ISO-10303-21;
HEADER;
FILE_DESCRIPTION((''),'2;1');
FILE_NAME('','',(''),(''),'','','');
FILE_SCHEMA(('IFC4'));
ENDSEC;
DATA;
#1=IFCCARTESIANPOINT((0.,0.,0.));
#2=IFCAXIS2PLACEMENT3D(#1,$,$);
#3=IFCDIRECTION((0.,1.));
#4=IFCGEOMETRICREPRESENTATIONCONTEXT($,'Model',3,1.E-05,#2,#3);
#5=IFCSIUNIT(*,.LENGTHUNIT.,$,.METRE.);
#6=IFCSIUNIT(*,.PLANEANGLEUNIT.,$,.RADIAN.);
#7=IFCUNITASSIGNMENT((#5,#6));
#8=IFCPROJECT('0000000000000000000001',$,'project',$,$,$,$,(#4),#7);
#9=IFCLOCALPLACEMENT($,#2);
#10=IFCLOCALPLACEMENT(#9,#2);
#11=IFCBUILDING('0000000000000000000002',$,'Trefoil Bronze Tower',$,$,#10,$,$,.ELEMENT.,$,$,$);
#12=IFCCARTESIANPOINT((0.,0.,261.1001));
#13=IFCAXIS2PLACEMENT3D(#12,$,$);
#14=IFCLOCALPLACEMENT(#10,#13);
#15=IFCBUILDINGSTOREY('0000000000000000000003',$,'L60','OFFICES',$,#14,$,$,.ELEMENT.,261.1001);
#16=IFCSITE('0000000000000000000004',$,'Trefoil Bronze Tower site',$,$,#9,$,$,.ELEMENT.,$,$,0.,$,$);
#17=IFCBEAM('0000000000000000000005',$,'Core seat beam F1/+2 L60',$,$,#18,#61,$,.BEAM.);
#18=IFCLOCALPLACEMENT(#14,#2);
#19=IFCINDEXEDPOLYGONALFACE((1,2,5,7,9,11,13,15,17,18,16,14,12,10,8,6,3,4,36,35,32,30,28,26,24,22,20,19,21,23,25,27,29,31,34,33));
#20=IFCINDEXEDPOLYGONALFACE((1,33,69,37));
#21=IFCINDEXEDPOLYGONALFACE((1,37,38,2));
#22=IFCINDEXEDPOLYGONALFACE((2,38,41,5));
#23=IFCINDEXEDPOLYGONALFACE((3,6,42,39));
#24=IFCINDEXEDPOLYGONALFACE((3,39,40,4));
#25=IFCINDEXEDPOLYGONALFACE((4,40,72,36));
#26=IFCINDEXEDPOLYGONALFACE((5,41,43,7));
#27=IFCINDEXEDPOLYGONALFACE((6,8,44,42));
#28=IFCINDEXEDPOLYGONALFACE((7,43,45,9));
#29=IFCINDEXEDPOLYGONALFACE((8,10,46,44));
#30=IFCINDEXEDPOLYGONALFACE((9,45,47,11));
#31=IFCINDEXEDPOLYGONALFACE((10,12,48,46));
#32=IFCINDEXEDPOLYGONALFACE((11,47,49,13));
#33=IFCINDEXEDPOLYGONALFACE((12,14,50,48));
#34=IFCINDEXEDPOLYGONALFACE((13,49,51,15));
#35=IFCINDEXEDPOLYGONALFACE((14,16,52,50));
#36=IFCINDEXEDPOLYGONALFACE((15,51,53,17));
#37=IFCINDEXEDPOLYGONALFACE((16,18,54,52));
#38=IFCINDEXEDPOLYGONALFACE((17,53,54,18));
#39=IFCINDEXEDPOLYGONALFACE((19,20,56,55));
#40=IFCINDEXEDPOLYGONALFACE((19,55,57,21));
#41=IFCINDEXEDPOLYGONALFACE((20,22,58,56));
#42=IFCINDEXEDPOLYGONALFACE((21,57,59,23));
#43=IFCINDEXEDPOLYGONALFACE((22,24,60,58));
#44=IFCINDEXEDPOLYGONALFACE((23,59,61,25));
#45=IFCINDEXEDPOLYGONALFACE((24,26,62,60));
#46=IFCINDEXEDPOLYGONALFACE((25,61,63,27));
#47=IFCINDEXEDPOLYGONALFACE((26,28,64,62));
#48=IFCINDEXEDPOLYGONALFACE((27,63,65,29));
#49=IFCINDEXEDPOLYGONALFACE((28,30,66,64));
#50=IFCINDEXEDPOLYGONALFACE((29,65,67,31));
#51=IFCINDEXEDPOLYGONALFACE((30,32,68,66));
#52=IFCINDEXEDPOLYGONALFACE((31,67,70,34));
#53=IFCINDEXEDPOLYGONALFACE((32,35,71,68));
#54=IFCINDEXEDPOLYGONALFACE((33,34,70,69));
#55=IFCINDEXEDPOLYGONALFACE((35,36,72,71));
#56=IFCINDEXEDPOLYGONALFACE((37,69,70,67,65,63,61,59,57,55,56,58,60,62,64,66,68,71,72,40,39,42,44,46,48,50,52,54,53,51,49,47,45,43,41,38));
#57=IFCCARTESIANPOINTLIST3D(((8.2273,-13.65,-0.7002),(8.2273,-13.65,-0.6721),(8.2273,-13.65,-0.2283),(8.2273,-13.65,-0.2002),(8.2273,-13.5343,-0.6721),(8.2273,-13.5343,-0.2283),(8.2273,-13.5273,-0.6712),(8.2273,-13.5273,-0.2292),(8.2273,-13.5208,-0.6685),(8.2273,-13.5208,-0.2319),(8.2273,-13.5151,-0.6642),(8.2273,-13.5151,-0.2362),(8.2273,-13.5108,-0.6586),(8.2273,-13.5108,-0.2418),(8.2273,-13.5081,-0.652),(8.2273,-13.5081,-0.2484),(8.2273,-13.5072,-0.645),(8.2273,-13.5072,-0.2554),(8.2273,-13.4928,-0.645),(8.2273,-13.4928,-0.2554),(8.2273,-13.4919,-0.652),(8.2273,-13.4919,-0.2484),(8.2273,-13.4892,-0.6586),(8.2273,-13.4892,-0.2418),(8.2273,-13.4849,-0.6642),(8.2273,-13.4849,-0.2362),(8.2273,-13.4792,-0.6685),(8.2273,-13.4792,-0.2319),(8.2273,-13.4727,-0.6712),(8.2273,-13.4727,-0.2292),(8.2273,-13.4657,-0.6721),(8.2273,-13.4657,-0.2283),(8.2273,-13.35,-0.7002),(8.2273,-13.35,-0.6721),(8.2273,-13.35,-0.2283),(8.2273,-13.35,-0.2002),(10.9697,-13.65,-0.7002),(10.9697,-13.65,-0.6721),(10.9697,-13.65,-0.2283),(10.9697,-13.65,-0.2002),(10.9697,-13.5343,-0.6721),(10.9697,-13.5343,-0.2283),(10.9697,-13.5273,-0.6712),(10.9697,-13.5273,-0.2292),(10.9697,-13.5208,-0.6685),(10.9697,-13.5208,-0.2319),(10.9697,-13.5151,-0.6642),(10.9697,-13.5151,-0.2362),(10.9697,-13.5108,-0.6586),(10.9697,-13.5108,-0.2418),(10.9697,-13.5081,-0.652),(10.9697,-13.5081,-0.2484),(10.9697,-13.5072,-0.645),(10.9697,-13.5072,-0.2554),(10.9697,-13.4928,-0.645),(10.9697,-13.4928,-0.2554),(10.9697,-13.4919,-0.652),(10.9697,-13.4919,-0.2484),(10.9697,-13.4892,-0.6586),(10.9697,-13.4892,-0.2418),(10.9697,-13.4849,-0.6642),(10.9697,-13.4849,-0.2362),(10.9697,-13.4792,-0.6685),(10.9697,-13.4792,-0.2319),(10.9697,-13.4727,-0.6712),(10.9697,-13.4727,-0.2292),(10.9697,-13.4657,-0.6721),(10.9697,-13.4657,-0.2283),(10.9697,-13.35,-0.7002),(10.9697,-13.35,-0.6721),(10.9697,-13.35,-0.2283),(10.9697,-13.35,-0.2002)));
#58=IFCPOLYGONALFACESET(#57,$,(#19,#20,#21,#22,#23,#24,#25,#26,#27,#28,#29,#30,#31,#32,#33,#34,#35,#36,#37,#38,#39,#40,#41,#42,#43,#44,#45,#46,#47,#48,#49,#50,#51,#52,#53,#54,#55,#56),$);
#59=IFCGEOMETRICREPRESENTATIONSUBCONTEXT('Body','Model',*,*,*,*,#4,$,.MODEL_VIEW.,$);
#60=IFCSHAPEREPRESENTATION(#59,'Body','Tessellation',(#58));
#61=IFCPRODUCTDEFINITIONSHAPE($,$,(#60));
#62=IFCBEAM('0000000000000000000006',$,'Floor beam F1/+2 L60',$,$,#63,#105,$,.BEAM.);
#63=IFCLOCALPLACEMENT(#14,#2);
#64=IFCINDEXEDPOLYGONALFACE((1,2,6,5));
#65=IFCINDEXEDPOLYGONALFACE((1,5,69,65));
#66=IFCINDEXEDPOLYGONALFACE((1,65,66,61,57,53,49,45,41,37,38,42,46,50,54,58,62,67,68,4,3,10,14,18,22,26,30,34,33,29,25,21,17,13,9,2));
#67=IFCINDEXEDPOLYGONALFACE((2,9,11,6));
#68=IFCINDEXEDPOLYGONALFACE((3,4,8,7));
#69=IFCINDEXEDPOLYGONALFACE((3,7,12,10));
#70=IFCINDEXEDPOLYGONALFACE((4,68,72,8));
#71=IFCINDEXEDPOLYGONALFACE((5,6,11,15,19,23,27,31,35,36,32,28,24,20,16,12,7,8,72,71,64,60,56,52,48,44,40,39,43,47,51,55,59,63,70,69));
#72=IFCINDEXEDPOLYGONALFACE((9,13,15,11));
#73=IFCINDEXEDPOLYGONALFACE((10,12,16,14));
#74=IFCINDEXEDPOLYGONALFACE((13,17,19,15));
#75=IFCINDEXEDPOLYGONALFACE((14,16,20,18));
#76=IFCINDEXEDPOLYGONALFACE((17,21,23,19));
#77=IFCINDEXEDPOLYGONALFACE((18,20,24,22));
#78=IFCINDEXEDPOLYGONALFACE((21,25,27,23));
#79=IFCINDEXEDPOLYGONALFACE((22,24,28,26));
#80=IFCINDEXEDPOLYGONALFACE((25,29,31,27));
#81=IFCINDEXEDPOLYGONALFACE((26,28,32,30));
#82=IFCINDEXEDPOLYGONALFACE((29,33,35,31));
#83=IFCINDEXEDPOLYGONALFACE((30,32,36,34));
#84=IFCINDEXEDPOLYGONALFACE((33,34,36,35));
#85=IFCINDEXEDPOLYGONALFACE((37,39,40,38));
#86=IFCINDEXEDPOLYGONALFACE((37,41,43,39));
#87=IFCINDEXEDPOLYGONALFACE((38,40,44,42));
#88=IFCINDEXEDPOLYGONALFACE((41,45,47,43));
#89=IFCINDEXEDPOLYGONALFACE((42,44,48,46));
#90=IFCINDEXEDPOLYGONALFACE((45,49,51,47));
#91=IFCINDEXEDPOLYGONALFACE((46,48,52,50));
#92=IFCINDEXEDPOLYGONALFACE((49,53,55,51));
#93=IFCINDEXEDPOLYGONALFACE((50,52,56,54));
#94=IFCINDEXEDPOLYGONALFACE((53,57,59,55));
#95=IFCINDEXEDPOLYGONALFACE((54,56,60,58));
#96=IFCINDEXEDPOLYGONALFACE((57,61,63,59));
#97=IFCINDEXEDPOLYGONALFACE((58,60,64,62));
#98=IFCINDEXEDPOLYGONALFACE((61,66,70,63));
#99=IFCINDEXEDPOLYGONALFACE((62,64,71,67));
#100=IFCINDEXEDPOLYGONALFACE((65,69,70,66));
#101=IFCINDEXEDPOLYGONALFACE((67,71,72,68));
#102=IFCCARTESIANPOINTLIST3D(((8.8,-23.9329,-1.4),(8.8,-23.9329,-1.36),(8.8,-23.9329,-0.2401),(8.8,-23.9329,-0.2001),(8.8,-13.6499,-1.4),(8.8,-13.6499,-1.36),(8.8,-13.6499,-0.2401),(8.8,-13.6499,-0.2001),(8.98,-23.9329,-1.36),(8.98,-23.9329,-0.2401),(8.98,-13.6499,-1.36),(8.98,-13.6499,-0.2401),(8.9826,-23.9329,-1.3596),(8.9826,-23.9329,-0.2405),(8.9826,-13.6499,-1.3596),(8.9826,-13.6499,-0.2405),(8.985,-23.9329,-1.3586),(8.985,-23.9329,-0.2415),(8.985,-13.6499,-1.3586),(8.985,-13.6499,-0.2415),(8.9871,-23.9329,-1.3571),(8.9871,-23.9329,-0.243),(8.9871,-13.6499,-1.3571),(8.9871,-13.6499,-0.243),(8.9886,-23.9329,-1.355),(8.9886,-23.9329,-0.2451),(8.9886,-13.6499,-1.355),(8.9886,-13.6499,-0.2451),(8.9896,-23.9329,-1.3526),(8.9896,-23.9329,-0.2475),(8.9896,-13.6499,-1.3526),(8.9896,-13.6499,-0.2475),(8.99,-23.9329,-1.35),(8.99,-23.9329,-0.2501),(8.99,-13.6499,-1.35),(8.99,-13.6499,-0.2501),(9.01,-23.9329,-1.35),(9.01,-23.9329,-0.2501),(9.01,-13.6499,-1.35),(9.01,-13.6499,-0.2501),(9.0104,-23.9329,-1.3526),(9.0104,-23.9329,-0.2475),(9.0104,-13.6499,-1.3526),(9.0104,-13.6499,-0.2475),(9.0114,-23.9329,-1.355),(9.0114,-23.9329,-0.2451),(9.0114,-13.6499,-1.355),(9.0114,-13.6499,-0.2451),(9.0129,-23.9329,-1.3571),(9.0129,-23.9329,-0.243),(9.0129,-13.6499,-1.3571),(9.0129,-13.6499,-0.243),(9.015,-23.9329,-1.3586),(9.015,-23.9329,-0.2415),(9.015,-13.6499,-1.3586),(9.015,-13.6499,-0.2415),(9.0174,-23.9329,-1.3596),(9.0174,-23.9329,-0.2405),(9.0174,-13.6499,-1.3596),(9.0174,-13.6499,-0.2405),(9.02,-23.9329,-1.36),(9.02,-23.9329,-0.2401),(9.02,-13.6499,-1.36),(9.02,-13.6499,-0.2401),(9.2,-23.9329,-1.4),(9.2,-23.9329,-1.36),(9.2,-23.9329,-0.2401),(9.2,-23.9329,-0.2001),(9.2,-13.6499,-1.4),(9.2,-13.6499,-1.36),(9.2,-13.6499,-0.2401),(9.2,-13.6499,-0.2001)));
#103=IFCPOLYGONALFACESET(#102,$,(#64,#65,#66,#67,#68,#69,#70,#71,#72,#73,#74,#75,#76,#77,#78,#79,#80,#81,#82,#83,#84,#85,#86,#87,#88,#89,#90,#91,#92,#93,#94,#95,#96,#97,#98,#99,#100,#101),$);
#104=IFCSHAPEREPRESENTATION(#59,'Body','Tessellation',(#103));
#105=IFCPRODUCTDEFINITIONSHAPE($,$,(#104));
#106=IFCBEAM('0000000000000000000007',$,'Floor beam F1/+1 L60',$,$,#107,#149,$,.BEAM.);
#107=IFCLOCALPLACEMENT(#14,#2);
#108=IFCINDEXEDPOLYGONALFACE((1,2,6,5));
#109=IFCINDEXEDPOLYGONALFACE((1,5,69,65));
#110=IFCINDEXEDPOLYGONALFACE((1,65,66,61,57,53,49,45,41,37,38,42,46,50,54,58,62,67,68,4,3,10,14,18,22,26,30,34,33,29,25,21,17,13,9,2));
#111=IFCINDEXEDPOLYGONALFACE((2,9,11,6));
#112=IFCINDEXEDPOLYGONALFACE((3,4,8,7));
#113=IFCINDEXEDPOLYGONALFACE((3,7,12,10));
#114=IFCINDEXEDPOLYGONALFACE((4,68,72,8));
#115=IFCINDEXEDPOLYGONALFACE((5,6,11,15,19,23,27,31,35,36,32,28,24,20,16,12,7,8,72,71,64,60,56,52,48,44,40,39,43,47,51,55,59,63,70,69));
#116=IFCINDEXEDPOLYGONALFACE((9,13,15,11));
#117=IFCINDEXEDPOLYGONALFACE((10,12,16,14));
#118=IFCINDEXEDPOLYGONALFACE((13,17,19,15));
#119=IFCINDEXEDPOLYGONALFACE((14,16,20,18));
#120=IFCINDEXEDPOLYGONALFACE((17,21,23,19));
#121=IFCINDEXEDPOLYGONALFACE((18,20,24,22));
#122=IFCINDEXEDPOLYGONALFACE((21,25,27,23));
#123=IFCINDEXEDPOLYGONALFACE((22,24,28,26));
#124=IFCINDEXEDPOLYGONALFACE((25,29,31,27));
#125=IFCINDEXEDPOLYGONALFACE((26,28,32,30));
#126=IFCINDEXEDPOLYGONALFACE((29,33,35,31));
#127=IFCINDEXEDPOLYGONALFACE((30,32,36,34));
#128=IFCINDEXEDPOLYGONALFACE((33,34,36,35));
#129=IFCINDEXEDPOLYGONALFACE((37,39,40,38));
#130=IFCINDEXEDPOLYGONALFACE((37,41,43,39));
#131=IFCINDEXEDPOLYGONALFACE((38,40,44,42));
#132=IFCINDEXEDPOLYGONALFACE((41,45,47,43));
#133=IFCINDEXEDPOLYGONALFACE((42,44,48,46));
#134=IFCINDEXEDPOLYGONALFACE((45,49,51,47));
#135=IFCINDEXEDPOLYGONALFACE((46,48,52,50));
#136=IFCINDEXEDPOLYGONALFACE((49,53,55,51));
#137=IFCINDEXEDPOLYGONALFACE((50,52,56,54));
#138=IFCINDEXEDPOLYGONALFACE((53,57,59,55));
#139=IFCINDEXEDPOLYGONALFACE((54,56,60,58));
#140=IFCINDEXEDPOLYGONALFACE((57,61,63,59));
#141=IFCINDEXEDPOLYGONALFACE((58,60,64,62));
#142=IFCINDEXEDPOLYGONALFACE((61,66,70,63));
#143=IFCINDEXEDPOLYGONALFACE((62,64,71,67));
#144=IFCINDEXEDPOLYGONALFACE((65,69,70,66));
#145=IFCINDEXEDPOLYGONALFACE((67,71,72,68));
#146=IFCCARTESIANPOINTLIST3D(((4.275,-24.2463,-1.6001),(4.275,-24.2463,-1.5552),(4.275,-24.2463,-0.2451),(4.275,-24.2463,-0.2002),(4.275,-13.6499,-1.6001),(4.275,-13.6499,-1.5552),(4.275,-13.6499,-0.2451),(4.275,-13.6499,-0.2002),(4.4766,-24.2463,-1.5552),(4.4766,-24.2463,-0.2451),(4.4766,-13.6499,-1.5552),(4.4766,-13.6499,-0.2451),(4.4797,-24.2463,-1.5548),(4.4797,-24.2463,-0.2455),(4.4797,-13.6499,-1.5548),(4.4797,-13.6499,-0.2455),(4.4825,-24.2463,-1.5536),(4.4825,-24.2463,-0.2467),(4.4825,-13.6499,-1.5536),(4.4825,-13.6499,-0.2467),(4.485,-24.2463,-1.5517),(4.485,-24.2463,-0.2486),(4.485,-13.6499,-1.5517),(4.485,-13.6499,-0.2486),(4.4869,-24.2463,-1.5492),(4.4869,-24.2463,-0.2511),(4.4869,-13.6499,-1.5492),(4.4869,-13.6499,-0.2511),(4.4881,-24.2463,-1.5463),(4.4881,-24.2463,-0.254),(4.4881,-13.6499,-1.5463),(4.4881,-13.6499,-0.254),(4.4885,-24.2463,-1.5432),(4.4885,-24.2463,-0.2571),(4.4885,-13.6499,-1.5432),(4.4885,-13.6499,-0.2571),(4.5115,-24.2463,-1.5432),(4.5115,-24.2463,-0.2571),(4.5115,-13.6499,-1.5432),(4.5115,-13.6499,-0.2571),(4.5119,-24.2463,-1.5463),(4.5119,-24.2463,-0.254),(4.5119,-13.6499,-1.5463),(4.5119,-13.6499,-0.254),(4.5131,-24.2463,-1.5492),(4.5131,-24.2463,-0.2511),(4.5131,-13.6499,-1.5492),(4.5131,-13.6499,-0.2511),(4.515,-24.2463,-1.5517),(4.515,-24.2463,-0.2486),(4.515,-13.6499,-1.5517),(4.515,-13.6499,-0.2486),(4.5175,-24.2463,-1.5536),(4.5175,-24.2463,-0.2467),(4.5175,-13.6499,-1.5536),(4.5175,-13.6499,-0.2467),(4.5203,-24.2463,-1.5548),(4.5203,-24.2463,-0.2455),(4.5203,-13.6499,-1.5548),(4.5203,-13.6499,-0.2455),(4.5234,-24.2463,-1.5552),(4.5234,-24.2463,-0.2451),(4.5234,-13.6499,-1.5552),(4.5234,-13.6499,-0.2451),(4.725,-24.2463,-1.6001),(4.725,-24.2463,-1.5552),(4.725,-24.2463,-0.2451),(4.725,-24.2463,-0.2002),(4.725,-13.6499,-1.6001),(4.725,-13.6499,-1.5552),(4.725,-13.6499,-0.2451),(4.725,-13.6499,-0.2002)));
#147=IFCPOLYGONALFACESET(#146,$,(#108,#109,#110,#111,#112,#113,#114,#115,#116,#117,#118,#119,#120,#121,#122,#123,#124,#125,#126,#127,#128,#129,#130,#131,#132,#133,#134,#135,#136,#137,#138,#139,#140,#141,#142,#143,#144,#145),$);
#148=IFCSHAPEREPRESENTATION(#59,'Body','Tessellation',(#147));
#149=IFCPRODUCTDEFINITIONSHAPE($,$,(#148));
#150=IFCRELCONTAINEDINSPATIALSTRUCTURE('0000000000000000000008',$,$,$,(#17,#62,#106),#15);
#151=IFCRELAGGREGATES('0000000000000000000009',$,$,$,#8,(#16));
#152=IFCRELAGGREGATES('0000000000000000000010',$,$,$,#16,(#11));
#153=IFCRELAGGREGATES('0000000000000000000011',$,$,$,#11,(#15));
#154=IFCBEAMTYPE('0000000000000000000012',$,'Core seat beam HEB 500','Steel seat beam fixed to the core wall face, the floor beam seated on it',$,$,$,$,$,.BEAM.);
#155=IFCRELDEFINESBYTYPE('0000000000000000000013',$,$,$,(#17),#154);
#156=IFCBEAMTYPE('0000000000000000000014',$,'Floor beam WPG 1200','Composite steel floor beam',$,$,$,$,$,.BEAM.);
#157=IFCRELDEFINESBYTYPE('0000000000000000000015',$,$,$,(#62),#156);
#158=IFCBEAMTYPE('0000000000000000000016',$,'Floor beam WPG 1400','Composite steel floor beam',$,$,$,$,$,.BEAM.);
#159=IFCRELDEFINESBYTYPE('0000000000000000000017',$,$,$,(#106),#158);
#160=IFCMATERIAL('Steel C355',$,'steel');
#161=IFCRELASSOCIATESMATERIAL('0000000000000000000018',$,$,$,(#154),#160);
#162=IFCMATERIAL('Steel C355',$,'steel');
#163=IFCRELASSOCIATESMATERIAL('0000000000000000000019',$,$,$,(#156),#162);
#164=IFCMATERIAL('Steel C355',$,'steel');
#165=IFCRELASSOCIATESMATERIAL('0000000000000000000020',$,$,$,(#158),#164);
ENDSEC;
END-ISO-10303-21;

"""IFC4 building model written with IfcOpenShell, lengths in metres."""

from ifc_helpers import new_model, si_unit, direction, frame, origin, origin_2d, place, context, subcontext, project, spatial, i_section, extrude, material, material_profile, profile_set, type_object, element, save


model = new_model("IFC4")

# Units and contexts
model_context = context("Model", 3, precision=1e-05, world=origin(), true_north=direction((0.0, 1.0)))
body_context = subcontext(model_context, "Body", "Model", "MODEL_VIEW")
ifc_project = project(units=[si_unit("LENGTHUNIT", "METRE"), si_unit("PLANEANGLEUNIT", "RADIAN")], contexts=[model_context])

# Site, building, storey
site_placement = place(None, origin())
site = spatial("IfcSite", under=ifc_project, at=site_placement, Name="Trefoil Bronze Tower site", CompositionType="ELEMENT", RefElevation=0.0)
building_placement = place(site_placement, origin())
building = spatial("IfcBuilding", under=site, at=building_placement, Name="Trefoil Bronze Tower", CompositionType="ELEMENT")
storey_placement = place(building_placement, frame((0.0, 0.0, 261.1001)))
storey = spatial("IfcBuildingStorey", under=building, at=storey_placement, Name="L60", Description="OFFICES", CompositionType="ELEMENT", Elevation=261.1001)

# Beams
ifc_material_1 = material(Name="Steel C355", Category="steel")
ifc_material_profile_1 = material_profile(ifc_material_1, i_section(OverallWidth=0.3, OverallDepth=0.5, WebThickness=0.0144, FlangeThickness=0.0281, FilletRadius=0.0271, at=origin_2d()), Name="HEB 500")
ifc_profile_set_1 = profile_set([ifc_material_profile_1], Name="Steel C355")
beam_type_1 = type_object("IfcBeamType", Name="Core seat beam HEB 500", Description="Steel seat beam fixed to the core wall face, the floor beam seated on it", PredefinedType="BEAM", material=ifc_profile_set_1)
for number, where, z_axis, x_axis, name in (
    (1, (8.2273, -13.5, -0.4502), (1.0, 0.0, 0.0), (0.0, 1.0, 0.0), "Core seat beam F1/+2 L60"),
):
    element("IfcBeam", number, at=place(storey_placement, frame(where, z_axis=z_axis, x_axis=x_axis)), inside=storey, type_object=beam_type_1, Name=name, PredefinedType="BEAM", context=body_context, shape_type="SweptSolid", body=[
        extrude(i_section(OverallWidth=0.3, OverallDepth=0.5, WebThickness=0.0144, FlangeThickness=0.0281, FilletRadius=0.0271, at=origin_2d()), origin(), (0.0, 0.0, 1.0), 2.7424),
    ])
ifc_material_2 = material(Name="Steel C355", Category="steel")
ifc_material_profile_2 = material_profile(ifc_material_2, i_section(OverallWidth=0.3999, OverallDepth=1.2, WebThickness=0.02, FlangeThickness=0.04, FilletRadius=0.01, at=origin_2d()), Name="WPG 1200")
ifc_profile_set_2 = profile_set([ifc_material_profile_2], Name="Steel C355")
beam_type_2 = type_object("IfcBeamType", Name="Floor beam WPG 1200", Description="Composite steel floor beam", PredefinedType="BEAM", material=ifc_profile_set_2)
beam_1_placement = place(storey_placement, frame((9.0, -23.9329, -0.8), z_axis=(0.0, 1.0, 0.0), x_axis=(-1.0, 0.0, 0.0)))
element("IfcBeam", 2, at=beam_1_placement, inside=storey, type_object=beam_type_2, Name="Floor beam F1/+2 L60", PredefinedType="BEAM", context=body_context, shape_type="SweptSolid", body=[
    extrude(i_section(OverallWidth=0.3999, OverallDepth=1.2, WebThickness=0.02, FlangeThickness=0.04, FilletRadius=0.01, at=origin_2d()), origin(), (0.0, 0.0, 1.0), 10.283),
])
ifc_material_3 = material(Name="Steel C355", Category="steel")
ifc_material_profile_3 = material_profile(ifc_material_3, i_section(OverallWidth=0.45, OverallDepth=1.3999, WebThickness=0.0229, FlangeThickness=0.0449, FilletRadius=0.012, at=origin_2d()), Name="WPG 1400")
ifc_profile_set_3 = profile_set([ifc_material_profile_3], Name="Steel C355")
beam_type_3 = type_object("IfcBeamType", Name="Floor beam WPG 1400", Description="Composite steel floor beam", PredefinedType="BEAM", material=ifc_profile_set_3)
beam_2_placement = place(storey_placement, frame((4.5, -24.2463, -0.9001), z_axis=(0.0, 1.0, 0.0), x_axis=(-1.0, 0.0, 0.0)))
element("IfcBeam", 3, at=beam_2_placement, inside=storey, type_object=beam_type_3, Name="Floor beam F1/+1 L60", PredefinedType="BEAM", context=body_context, shape_type="SweptSolid", body=[
    extrude(i_section(OverallWidth=0.45, OverallDepth=1.3999, WebThickness=0.0229, FlangeThickness=0.0449, FilletRadius=0.012, at=origin_2d()), origin(), (0.0, 0.0, 1.0), 10.5964),
])

save(model, "model.ifc")
